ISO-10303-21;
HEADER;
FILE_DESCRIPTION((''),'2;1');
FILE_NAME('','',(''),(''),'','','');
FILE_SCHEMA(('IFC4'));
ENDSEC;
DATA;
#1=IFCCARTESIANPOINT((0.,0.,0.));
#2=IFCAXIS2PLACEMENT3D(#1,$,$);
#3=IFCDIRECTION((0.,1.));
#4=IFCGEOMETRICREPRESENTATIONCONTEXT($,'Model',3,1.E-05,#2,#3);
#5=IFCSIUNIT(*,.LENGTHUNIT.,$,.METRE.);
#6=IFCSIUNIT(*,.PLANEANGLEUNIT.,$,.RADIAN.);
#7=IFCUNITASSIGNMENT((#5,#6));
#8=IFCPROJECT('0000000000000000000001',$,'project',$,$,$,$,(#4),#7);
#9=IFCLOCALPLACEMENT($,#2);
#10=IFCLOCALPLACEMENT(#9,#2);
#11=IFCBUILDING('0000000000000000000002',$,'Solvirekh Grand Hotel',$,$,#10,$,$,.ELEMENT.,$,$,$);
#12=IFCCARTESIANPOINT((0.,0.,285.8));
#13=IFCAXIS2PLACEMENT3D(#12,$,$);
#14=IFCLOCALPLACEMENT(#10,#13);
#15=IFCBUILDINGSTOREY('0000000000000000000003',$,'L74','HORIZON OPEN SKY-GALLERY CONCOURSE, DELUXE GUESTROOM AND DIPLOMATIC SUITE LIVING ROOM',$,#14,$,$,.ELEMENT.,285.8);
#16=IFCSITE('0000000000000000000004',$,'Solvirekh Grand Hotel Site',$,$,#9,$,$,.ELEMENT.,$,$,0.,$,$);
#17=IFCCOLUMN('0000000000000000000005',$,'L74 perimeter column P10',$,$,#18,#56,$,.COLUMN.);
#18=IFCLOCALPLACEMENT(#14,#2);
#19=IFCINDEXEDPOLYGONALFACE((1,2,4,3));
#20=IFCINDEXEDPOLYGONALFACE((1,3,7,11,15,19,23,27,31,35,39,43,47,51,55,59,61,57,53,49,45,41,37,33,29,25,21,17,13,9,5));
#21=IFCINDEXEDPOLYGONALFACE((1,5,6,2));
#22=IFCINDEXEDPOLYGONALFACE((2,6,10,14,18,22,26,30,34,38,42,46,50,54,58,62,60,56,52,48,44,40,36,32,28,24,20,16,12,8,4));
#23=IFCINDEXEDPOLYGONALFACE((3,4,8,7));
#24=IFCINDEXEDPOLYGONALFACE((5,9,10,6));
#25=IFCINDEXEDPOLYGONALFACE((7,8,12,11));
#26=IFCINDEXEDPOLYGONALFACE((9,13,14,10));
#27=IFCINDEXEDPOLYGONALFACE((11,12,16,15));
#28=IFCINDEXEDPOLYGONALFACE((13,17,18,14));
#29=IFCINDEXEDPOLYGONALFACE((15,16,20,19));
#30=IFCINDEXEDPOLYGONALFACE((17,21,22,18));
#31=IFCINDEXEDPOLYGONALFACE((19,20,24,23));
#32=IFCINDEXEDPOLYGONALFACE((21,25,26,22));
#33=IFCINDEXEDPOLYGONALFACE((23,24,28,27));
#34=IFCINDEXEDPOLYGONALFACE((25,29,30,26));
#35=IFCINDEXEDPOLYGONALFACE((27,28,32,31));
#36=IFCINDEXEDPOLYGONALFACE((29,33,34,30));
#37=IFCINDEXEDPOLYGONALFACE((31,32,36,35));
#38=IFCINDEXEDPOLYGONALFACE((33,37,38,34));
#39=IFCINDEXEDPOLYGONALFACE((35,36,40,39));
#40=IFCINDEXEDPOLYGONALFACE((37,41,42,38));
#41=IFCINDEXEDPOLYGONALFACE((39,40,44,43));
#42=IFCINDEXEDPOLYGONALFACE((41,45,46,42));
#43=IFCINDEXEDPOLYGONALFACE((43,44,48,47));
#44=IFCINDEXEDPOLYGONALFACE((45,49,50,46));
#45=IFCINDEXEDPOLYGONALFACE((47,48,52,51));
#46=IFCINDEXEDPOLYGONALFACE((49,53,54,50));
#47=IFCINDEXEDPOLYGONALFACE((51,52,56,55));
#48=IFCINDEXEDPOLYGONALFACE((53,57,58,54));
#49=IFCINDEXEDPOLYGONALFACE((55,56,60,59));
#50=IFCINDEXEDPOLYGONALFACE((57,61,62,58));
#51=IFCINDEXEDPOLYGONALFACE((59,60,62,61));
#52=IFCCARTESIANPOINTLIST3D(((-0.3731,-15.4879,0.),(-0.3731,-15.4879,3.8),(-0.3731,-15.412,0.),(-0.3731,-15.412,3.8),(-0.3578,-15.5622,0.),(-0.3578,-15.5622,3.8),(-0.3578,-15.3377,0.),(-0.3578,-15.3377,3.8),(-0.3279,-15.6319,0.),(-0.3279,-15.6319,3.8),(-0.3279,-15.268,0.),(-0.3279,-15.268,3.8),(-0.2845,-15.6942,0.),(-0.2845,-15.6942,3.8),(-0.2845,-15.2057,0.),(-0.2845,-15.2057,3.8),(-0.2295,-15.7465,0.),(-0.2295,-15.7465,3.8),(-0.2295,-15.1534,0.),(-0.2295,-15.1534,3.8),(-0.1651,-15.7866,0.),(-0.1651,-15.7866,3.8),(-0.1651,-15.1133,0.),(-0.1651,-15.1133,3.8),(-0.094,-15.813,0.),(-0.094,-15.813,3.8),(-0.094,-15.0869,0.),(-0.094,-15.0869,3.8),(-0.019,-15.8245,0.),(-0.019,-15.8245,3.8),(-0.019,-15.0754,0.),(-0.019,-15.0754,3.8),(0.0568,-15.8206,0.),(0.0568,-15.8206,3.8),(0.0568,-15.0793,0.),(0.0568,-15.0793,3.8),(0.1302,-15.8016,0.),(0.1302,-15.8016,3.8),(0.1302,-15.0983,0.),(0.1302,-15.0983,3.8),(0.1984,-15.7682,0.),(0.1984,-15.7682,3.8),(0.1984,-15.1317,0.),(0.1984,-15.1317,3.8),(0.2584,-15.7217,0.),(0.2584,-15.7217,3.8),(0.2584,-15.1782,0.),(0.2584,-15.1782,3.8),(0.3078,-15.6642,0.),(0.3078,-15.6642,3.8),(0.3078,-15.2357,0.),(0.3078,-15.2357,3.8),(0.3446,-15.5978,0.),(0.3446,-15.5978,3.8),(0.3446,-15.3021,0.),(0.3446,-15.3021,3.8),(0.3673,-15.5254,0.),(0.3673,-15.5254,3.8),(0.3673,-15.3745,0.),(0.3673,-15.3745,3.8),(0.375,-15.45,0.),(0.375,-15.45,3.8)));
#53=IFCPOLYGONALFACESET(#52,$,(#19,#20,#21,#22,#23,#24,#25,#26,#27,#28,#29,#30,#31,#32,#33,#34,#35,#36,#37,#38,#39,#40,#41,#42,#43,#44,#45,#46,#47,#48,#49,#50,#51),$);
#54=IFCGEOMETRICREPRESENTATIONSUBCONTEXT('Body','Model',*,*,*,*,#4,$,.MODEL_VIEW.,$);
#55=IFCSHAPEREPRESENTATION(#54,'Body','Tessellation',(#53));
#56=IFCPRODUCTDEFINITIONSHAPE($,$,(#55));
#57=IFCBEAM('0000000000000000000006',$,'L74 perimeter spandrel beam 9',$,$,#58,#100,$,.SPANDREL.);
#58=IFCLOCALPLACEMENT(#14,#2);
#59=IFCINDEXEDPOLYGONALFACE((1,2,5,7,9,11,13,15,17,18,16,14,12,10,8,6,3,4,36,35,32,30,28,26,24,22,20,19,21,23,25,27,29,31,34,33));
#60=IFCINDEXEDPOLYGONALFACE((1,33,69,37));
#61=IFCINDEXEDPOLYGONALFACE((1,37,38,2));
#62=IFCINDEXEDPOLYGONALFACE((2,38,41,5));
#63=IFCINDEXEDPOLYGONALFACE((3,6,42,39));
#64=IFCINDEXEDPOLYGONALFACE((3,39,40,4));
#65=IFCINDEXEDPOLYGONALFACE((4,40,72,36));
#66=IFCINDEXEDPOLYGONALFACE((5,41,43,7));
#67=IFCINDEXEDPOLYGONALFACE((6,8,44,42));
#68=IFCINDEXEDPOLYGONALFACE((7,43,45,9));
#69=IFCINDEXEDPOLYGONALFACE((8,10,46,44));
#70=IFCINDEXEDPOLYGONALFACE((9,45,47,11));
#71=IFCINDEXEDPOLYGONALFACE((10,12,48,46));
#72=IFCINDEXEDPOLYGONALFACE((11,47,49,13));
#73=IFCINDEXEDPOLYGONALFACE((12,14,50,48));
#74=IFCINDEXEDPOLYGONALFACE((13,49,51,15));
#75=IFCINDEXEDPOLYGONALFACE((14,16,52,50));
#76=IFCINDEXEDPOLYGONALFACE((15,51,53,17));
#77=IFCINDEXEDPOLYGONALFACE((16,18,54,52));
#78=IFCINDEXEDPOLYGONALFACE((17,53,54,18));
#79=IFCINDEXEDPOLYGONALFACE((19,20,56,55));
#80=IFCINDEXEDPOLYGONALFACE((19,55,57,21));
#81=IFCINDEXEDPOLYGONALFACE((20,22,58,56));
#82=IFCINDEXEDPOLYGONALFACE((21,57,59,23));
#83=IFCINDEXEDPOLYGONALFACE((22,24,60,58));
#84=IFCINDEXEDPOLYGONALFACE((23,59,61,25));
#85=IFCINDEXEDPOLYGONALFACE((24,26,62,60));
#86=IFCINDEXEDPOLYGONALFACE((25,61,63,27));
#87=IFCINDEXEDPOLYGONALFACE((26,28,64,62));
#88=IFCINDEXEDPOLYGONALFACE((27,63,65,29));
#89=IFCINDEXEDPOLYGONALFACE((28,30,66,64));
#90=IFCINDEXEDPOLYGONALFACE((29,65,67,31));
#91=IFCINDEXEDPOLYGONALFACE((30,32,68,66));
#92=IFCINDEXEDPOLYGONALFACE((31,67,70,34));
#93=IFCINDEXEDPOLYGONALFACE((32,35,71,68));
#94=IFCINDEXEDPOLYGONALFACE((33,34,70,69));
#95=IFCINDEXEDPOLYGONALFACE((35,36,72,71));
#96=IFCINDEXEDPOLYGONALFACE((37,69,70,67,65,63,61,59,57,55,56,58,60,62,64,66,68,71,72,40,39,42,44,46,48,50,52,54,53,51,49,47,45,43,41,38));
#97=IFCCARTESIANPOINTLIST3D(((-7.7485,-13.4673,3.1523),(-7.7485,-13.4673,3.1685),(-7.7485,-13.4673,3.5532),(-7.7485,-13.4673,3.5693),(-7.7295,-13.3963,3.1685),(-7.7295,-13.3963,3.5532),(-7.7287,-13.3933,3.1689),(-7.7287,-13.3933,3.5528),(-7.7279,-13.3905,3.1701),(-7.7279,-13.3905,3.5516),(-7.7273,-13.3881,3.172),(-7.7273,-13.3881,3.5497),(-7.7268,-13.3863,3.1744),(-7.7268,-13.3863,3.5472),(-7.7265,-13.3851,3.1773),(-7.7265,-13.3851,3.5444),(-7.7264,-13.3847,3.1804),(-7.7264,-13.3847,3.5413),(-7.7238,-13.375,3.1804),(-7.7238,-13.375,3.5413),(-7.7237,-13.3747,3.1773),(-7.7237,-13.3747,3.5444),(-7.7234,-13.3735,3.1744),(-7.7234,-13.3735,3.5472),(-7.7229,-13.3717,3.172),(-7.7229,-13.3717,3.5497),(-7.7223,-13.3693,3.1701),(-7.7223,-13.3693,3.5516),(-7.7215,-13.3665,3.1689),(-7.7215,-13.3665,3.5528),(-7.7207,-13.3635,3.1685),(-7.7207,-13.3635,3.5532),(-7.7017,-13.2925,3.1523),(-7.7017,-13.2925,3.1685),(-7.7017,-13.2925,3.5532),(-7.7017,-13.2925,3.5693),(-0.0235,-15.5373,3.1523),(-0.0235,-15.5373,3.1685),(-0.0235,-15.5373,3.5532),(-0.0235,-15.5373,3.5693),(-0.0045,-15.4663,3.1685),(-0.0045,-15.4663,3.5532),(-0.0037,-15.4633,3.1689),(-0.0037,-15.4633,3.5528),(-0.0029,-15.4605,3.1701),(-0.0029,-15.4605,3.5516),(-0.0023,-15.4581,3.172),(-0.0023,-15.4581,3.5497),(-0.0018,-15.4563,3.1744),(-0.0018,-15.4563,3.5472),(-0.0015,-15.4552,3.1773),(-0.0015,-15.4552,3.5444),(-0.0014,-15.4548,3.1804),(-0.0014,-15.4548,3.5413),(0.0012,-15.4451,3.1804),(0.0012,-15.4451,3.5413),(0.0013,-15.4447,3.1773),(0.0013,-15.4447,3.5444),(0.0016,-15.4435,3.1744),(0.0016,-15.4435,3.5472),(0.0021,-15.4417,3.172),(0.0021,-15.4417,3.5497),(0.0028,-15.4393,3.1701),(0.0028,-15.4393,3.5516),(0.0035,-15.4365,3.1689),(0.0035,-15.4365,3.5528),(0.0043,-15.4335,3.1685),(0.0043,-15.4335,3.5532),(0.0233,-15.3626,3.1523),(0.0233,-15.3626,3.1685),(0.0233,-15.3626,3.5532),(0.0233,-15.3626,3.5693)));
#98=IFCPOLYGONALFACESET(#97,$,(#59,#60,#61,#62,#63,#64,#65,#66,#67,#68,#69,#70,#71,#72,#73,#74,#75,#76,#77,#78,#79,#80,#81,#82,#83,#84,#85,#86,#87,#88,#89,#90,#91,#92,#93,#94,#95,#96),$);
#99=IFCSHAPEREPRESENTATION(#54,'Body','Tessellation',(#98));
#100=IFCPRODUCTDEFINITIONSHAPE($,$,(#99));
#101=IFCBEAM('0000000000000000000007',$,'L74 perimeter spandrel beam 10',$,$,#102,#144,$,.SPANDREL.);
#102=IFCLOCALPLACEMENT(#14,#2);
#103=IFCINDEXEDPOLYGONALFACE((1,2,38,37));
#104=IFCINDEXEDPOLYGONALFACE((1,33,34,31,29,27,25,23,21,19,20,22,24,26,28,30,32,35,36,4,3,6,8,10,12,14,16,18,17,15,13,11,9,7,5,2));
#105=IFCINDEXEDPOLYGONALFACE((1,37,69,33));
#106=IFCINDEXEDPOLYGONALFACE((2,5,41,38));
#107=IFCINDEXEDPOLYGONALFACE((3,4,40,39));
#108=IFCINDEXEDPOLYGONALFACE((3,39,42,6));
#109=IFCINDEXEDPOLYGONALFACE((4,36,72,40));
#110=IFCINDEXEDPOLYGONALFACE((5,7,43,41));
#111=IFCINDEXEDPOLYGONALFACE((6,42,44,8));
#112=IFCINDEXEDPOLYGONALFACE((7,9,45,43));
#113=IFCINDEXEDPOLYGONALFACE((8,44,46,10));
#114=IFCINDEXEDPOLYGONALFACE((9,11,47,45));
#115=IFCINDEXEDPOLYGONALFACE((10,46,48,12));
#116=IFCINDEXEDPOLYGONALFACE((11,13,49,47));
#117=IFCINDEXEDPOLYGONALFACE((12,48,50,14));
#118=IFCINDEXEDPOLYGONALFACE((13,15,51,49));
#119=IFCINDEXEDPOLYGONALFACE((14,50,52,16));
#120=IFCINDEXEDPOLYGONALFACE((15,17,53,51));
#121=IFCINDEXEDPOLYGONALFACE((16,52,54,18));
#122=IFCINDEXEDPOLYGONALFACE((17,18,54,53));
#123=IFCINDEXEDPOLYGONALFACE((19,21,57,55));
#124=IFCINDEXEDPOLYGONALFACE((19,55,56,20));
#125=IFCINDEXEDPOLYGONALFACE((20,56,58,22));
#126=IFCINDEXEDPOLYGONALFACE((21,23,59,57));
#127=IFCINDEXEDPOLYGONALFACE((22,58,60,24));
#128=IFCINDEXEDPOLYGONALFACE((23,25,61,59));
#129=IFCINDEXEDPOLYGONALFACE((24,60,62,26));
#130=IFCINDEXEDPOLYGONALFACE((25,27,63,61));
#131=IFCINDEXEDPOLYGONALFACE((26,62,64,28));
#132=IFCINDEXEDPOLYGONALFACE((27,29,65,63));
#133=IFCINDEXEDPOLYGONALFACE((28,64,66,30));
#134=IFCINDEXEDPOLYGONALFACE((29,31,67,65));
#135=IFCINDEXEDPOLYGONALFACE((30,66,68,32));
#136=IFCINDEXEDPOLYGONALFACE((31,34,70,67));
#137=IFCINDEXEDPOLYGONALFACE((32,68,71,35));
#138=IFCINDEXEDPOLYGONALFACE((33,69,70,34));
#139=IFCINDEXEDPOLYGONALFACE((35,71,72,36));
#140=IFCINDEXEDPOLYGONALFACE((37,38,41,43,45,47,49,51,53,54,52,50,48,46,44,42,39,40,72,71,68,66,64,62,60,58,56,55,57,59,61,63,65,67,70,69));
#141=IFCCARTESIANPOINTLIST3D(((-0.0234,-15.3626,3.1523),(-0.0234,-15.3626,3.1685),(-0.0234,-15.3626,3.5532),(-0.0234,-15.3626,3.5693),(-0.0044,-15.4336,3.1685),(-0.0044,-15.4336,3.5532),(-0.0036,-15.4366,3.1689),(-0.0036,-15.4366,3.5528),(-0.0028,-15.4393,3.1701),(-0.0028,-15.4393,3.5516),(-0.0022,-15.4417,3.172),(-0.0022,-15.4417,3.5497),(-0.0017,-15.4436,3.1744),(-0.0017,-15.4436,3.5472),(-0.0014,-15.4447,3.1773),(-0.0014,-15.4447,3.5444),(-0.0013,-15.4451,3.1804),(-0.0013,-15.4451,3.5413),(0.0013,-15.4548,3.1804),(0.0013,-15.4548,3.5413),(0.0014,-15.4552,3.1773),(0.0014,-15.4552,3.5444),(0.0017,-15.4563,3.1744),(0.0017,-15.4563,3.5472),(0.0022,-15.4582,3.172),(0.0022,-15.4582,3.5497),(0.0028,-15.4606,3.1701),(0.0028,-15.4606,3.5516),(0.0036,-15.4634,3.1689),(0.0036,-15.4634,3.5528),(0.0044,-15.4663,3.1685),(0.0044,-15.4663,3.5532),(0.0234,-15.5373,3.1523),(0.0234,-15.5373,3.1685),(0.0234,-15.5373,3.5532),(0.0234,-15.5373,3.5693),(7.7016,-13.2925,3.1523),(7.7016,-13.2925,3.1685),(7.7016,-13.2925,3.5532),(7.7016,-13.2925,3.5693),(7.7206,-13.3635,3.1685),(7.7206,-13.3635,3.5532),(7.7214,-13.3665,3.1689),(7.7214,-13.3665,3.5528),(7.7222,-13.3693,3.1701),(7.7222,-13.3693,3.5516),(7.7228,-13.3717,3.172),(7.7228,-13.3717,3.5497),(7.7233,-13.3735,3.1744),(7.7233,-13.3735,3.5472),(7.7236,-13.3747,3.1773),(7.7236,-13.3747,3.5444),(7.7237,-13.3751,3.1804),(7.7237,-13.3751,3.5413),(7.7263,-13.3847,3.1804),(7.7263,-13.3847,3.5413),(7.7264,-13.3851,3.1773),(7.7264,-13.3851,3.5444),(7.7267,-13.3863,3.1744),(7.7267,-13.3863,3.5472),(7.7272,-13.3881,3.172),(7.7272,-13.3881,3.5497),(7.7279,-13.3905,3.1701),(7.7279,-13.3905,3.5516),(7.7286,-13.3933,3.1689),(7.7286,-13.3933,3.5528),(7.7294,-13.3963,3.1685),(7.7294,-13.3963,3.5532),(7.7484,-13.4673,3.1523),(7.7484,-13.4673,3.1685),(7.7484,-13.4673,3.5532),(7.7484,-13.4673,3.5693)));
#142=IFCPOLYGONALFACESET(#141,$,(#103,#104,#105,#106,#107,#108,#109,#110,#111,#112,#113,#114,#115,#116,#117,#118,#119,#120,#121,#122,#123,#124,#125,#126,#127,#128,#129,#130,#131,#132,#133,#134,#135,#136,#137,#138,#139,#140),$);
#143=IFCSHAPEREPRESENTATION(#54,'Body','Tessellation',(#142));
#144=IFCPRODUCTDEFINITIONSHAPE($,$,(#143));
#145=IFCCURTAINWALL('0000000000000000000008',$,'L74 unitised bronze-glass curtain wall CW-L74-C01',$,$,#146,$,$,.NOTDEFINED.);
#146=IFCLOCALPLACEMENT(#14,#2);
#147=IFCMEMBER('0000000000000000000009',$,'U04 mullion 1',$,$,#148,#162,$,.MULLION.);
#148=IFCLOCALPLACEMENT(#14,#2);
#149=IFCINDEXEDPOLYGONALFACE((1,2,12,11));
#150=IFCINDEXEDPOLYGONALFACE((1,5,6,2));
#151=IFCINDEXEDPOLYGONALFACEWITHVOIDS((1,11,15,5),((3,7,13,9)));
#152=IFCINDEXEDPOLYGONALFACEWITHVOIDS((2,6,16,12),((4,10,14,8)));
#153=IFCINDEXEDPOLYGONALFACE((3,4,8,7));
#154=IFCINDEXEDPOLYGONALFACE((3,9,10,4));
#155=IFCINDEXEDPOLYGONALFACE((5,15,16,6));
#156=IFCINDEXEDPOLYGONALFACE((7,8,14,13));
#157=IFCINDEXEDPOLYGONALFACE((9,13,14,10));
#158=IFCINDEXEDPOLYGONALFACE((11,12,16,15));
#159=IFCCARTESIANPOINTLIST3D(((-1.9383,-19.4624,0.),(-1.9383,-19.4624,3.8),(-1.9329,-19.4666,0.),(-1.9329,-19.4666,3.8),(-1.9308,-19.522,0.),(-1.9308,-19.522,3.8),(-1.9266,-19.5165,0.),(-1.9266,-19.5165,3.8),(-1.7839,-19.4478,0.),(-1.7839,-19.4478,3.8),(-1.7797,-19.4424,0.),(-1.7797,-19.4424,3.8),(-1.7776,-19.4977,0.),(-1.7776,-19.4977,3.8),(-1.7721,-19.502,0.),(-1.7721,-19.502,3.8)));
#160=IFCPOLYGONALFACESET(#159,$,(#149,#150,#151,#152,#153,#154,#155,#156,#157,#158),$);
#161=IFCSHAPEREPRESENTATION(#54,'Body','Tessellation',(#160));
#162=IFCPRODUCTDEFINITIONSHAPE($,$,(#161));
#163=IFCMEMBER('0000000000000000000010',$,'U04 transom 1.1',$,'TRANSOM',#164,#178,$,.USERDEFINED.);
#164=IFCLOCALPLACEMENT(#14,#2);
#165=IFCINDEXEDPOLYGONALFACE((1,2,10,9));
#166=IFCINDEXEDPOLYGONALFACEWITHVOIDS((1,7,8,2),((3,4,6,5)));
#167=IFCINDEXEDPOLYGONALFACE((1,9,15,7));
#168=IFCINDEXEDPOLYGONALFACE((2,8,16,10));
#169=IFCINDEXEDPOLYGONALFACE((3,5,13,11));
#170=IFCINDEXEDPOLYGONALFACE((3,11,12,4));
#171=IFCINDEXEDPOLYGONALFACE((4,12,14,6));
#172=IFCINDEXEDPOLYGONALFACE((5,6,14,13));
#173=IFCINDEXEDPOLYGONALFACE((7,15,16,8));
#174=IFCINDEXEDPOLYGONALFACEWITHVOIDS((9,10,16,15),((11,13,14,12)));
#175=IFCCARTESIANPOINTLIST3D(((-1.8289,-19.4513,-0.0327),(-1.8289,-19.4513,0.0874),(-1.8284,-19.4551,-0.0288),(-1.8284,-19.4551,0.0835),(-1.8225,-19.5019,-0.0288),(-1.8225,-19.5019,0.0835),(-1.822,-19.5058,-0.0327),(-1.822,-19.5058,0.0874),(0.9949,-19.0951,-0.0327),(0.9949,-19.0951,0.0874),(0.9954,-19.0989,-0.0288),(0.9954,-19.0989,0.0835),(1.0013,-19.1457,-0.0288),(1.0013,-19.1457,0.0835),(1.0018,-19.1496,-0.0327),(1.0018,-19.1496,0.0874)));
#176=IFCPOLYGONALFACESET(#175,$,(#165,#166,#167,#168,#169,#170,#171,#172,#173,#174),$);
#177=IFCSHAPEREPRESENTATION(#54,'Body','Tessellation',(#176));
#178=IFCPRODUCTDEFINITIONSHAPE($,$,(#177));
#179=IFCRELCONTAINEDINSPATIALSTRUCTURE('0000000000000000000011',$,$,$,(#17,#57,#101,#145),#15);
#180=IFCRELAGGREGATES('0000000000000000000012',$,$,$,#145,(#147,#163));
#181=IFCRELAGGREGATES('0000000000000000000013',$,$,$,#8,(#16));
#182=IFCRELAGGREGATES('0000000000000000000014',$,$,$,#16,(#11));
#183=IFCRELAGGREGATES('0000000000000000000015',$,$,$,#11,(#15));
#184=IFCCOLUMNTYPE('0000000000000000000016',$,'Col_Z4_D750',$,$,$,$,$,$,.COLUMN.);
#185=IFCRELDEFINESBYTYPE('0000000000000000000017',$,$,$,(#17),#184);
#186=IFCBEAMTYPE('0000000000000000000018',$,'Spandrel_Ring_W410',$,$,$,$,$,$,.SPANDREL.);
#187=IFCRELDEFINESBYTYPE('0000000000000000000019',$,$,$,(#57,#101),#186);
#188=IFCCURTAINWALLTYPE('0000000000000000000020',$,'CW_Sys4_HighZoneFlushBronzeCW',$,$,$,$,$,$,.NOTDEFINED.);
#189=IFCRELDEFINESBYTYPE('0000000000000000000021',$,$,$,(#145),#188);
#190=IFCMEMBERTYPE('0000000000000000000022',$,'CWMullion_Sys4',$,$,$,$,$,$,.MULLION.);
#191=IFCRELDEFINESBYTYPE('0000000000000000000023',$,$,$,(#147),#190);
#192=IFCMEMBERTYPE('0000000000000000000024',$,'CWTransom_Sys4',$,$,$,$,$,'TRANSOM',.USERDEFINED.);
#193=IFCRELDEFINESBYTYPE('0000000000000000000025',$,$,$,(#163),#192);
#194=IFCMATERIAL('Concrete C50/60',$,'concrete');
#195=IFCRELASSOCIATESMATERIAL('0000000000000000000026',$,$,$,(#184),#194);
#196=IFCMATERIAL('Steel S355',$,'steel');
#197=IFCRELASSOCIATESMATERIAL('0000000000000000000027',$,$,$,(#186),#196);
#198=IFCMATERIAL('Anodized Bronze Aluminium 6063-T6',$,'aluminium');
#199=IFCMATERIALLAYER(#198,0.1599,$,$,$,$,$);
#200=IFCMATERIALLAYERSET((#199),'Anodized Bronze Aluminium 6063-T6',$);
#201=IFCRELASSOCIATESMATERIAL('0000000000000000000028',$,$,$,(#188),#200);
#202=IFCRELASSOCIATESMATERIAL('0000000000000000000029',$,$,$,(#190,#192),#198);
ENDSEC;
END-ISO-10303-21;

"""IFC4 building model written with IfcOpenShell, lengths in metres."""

from ifc_helpers import new_model, si_unit, direction, frame, origin, origin_2d, place, context, subcontext, project, spatial, hollow_rectangle, circle, i_section, extrude, source, transform, mapped, material, layer, layer_set, material_profile, profile_set, type_object, element, aggregate, save


model = new_model("IFC4")

# Units and contexts
model_context = context("Model", 3, precision=1e-05, world=origin(), true_north=direction((0.0, 1.0)))
body_context = subcontext(model_context, "Body", "Model", "MODEL_VIEW")
ifc_project = project(units=[si_unit("LENGTHUNIT", "METRE"), si_unit("PLANEANGLEUNIT", "RADIAN")], contexts=[model_context])

# Site, building, storey
site_placement = place(None, origin())
site = spatial("IfcSite", under=ifc_project, at=site_placement, Name="Solvirekh Grand Hotel Site", CompositionType="ELEMENT", RefElevation=0.0)
building_placement = place(site_placement, origin())
building = spatial("IfcBuilding", under=site, at=building_placement, Name="Solvirekh Grand Hotel", CompositionType="ELEMENT")
storey_placement = place(building_placement, frame((0.0, 0.0, 285.8)))
storey = spatial("IfcBuildingStorey", under=building, at=storey_placement, Name="L74", Description="HORIZON OPEN SKY-GALLERY CONCOURSE, DELUXE GUESTROOM AND DIPLOMATIC SUITE LIVING ROOM", CompositionType="ELEMENT", Elevation=285.8)

# Column
ifc_material_1 = material(Name="Concrete C50/60", Category="concrete")
ifc_material_profile_1 = material_profile(ifc_material_1, circle(Radius=0.375, at=origin_2d()), Name="RC CIRC D750")
ifc_profile_set_1 = profile_set([ifc_material_profile_1], Name="Concrete C50/60")
column_type = type_object("IfcColumnType", Name="Col_Z4_D750", PredefinedType="COLUMN", material=ifc_profile_set_1)
column_placement = place(storey_placement, frame((0.0, -15.45, 0.0), z_axis=(0.0, 0.0, 1.0), x_axis=(1.0, 0.0, 0.0)))
element("IfcColumn", 1, at=column_placement, inside=storey, type_object=column_type, Name="L74 perimeter column P10", PredefinedType="COLUMN", context=body_context, shape_type="SweptSolid", body=[
    extrude(circle(Radius=0.375, at=origin_2d()), origin(), (0.0, 0.0, 1.0), 3.8),
])

# Beams
ifc_material_2 = material(Name="Steel S355", Category="steel")
ifc_material_profile_2 = material_profile(ifc_material_2, i_section(OverallWidth=0.1809, OverallDepth=0.417, WebThickness=0.01, FlangeThickness=0.0161, FilletRadius=0.012, at=origin_2d()), Name="W410X85")
ifc_profile_set_2 = profile_set([ifc_material_profile_2], Name="Steel S355")
beam_type = type_object("IfcBeamType", Name="Spandrel_Ring_W410", PredefinedType="SPANDREL", material=ifc_profile_set_2)
for number, where, z_axis, x_axis, name in (
    (2, (-7.7251, -13.3799, 3.3608), (0.965922, -0.258835, 0.0), (0.258835, 0.965922, 0.0), "L74 perimeter spandrel beam 9"),
    (3, (0.0, -15.45, 3.3608), (0.965922, 0.258835, 0.0), (-0.258835, 0.965922, 0.0), "L74 perimeter spandrel beam 10"),
):
    element("IfcBeam", number, at=place(storey_placement, frame(where, z_axis=z_axis, x_axis=x_axis)), inside=storey, type_object=beam_type, Name=name, PredefinedType="SPANDREL", context=body_context, shape_type="SweptSolid", body=[
        extrude(i_section(OverallWidth=0.1809, OverallDepth=0.417, WebThickness=0.01, FlangeThickness=0.0161, FilletRadius=0.012, at=origin_2d()), origin(), (0.0, 0.0, 1.0), 7.9976),
    ])

# Curtain wall, members
ifc_material_3 = material(Name="Anodized Bronze Aluminium 6063-T6", Category="aluminium")
ifc_layer_1 = layer(ifc_material_3, 0.1599)
ifc_layer_set_1 = layer_set([ifc_layer_1], Name="Anodized Bronze Aluminium 6063-T6")
curtain_wall_type = type_object("IfcCurtainWallType", Name="CW_Sys4_HighZoneFlushBronzeCW", PredefinedType="NOTDEFINED", material=ifc_layer_set_1)
curtain_wall_placement = place(storey_placement, origin())
curtain_wall = element("IfcCurtainWall", 4, at=curtain_wall_placement, inside=storey, type_object=curtain_wall_type, Name="L74 unitised bronze-glass curtain wall CW-L74-C01", PredefinedType="NOTDEFINED")
ifc_material_profile_3 = material_profile(ifc_material_3, hollow_rectangle(XDim=0.0601, YDim=0.1599, WallThickness=0.0049, at=origin_2d()), Name="ALU RHS 160X60X5")
ifc_profile_set_3 = profile_set([ifc_material_profile_3], Name="Anodized Bronze Aluminium 6063-T6")
member_type_1 = type_object("IfcMemberType", Name="CWMullion_Sys4", PredefinedType="MULLION", material=ifc_profile_set_3)
shared_shape_1 = source(origin(), body_context, "Body", "SweptSolid", [
    extrude(hollow_rectangle(XDim=0.0601, YDim=0.1599, WallThickness=0.0049, at=origin_2d()), origin(), (0.0, 0.0, 1.0), 3.8),
])
member_1_placement = place(storey_placement, frame((-1.8552, -19.4822, 0.0), z_axis=(0.0, 0.0, 1.0), x_axis=(-0.125166, 0.992136, 0.0)))
member_1 = element("IfcMember", 5, at=member_1_placement, type_object=member_type_1, Name="U04 mullion 1", PredefinedType="MULLION", context=body_context, shape_type="MappedRepresentation", body=[
    mapped(shared_shape_1, transform((0.0, 0.0, 0.0), x_axis=(1.0, 0.0, 0.0), y_axis=(0.0, 1.0, 0.0), z_axis=(0.0, 0.0, 1.0), scale=1.0)),
])
ifc_material_profile_4 = material_profile(ifc_material_3, hollow_rectangle(XDim=0.0549, YDim=0.1201, WallThickness=0.0039, at=origin_2d()), Name="ALU RHS 120X55X4")
ifc_profile_set_4 = profile_set([ifc_material_profile_4], Name="Anodized Bronze Aluminium 6063-T6")
member_type_2 = type_object("IfcMemberType", Name="CWTransom_Sys4", ElementType="TRANSOM", PredefinedType="USERDEFINED", material=ifc_profile_set_4)
shared_shape_2 = source(origin(), body_context, "Body", "SweptSolid", [
    extrude(hollow_rectangle(XDim=0.0549, YDim=0.1201, WallThickness=0.0039, at=origin_2d()), origin(), (0.0, 0.0, 1.0), 2.8462),
])
member_2_placement = place(storey_placement, frame((-1.8254, -19.4785, 0.0273), z_axis=(0.992137, 0.125154, 0.0), x_axis=(-0.125154, 0.992137, 0.0)))
member_2 = element("IfcMember", 6, at=member_2_placement, type_object=member_type_2, Name="U04 transom 1.1", ObjectType="TRANSOM", PredefinedType="USERDEFINED", context=body_context, shape_type="MappedRepresentation", body=[
    mapped(shared_shape_2, transform((0.0, 0.0, 0.0), x_axis=(1.0, 0.0, 0.0), y_axis=(0.0, 1.0, 0.0), z_axis=(0.0, 0.0, 1.0), scale=1.0)),
])
aggregate(curtain_wall, [member_1, member_2])

save(model, "model.ifc")
